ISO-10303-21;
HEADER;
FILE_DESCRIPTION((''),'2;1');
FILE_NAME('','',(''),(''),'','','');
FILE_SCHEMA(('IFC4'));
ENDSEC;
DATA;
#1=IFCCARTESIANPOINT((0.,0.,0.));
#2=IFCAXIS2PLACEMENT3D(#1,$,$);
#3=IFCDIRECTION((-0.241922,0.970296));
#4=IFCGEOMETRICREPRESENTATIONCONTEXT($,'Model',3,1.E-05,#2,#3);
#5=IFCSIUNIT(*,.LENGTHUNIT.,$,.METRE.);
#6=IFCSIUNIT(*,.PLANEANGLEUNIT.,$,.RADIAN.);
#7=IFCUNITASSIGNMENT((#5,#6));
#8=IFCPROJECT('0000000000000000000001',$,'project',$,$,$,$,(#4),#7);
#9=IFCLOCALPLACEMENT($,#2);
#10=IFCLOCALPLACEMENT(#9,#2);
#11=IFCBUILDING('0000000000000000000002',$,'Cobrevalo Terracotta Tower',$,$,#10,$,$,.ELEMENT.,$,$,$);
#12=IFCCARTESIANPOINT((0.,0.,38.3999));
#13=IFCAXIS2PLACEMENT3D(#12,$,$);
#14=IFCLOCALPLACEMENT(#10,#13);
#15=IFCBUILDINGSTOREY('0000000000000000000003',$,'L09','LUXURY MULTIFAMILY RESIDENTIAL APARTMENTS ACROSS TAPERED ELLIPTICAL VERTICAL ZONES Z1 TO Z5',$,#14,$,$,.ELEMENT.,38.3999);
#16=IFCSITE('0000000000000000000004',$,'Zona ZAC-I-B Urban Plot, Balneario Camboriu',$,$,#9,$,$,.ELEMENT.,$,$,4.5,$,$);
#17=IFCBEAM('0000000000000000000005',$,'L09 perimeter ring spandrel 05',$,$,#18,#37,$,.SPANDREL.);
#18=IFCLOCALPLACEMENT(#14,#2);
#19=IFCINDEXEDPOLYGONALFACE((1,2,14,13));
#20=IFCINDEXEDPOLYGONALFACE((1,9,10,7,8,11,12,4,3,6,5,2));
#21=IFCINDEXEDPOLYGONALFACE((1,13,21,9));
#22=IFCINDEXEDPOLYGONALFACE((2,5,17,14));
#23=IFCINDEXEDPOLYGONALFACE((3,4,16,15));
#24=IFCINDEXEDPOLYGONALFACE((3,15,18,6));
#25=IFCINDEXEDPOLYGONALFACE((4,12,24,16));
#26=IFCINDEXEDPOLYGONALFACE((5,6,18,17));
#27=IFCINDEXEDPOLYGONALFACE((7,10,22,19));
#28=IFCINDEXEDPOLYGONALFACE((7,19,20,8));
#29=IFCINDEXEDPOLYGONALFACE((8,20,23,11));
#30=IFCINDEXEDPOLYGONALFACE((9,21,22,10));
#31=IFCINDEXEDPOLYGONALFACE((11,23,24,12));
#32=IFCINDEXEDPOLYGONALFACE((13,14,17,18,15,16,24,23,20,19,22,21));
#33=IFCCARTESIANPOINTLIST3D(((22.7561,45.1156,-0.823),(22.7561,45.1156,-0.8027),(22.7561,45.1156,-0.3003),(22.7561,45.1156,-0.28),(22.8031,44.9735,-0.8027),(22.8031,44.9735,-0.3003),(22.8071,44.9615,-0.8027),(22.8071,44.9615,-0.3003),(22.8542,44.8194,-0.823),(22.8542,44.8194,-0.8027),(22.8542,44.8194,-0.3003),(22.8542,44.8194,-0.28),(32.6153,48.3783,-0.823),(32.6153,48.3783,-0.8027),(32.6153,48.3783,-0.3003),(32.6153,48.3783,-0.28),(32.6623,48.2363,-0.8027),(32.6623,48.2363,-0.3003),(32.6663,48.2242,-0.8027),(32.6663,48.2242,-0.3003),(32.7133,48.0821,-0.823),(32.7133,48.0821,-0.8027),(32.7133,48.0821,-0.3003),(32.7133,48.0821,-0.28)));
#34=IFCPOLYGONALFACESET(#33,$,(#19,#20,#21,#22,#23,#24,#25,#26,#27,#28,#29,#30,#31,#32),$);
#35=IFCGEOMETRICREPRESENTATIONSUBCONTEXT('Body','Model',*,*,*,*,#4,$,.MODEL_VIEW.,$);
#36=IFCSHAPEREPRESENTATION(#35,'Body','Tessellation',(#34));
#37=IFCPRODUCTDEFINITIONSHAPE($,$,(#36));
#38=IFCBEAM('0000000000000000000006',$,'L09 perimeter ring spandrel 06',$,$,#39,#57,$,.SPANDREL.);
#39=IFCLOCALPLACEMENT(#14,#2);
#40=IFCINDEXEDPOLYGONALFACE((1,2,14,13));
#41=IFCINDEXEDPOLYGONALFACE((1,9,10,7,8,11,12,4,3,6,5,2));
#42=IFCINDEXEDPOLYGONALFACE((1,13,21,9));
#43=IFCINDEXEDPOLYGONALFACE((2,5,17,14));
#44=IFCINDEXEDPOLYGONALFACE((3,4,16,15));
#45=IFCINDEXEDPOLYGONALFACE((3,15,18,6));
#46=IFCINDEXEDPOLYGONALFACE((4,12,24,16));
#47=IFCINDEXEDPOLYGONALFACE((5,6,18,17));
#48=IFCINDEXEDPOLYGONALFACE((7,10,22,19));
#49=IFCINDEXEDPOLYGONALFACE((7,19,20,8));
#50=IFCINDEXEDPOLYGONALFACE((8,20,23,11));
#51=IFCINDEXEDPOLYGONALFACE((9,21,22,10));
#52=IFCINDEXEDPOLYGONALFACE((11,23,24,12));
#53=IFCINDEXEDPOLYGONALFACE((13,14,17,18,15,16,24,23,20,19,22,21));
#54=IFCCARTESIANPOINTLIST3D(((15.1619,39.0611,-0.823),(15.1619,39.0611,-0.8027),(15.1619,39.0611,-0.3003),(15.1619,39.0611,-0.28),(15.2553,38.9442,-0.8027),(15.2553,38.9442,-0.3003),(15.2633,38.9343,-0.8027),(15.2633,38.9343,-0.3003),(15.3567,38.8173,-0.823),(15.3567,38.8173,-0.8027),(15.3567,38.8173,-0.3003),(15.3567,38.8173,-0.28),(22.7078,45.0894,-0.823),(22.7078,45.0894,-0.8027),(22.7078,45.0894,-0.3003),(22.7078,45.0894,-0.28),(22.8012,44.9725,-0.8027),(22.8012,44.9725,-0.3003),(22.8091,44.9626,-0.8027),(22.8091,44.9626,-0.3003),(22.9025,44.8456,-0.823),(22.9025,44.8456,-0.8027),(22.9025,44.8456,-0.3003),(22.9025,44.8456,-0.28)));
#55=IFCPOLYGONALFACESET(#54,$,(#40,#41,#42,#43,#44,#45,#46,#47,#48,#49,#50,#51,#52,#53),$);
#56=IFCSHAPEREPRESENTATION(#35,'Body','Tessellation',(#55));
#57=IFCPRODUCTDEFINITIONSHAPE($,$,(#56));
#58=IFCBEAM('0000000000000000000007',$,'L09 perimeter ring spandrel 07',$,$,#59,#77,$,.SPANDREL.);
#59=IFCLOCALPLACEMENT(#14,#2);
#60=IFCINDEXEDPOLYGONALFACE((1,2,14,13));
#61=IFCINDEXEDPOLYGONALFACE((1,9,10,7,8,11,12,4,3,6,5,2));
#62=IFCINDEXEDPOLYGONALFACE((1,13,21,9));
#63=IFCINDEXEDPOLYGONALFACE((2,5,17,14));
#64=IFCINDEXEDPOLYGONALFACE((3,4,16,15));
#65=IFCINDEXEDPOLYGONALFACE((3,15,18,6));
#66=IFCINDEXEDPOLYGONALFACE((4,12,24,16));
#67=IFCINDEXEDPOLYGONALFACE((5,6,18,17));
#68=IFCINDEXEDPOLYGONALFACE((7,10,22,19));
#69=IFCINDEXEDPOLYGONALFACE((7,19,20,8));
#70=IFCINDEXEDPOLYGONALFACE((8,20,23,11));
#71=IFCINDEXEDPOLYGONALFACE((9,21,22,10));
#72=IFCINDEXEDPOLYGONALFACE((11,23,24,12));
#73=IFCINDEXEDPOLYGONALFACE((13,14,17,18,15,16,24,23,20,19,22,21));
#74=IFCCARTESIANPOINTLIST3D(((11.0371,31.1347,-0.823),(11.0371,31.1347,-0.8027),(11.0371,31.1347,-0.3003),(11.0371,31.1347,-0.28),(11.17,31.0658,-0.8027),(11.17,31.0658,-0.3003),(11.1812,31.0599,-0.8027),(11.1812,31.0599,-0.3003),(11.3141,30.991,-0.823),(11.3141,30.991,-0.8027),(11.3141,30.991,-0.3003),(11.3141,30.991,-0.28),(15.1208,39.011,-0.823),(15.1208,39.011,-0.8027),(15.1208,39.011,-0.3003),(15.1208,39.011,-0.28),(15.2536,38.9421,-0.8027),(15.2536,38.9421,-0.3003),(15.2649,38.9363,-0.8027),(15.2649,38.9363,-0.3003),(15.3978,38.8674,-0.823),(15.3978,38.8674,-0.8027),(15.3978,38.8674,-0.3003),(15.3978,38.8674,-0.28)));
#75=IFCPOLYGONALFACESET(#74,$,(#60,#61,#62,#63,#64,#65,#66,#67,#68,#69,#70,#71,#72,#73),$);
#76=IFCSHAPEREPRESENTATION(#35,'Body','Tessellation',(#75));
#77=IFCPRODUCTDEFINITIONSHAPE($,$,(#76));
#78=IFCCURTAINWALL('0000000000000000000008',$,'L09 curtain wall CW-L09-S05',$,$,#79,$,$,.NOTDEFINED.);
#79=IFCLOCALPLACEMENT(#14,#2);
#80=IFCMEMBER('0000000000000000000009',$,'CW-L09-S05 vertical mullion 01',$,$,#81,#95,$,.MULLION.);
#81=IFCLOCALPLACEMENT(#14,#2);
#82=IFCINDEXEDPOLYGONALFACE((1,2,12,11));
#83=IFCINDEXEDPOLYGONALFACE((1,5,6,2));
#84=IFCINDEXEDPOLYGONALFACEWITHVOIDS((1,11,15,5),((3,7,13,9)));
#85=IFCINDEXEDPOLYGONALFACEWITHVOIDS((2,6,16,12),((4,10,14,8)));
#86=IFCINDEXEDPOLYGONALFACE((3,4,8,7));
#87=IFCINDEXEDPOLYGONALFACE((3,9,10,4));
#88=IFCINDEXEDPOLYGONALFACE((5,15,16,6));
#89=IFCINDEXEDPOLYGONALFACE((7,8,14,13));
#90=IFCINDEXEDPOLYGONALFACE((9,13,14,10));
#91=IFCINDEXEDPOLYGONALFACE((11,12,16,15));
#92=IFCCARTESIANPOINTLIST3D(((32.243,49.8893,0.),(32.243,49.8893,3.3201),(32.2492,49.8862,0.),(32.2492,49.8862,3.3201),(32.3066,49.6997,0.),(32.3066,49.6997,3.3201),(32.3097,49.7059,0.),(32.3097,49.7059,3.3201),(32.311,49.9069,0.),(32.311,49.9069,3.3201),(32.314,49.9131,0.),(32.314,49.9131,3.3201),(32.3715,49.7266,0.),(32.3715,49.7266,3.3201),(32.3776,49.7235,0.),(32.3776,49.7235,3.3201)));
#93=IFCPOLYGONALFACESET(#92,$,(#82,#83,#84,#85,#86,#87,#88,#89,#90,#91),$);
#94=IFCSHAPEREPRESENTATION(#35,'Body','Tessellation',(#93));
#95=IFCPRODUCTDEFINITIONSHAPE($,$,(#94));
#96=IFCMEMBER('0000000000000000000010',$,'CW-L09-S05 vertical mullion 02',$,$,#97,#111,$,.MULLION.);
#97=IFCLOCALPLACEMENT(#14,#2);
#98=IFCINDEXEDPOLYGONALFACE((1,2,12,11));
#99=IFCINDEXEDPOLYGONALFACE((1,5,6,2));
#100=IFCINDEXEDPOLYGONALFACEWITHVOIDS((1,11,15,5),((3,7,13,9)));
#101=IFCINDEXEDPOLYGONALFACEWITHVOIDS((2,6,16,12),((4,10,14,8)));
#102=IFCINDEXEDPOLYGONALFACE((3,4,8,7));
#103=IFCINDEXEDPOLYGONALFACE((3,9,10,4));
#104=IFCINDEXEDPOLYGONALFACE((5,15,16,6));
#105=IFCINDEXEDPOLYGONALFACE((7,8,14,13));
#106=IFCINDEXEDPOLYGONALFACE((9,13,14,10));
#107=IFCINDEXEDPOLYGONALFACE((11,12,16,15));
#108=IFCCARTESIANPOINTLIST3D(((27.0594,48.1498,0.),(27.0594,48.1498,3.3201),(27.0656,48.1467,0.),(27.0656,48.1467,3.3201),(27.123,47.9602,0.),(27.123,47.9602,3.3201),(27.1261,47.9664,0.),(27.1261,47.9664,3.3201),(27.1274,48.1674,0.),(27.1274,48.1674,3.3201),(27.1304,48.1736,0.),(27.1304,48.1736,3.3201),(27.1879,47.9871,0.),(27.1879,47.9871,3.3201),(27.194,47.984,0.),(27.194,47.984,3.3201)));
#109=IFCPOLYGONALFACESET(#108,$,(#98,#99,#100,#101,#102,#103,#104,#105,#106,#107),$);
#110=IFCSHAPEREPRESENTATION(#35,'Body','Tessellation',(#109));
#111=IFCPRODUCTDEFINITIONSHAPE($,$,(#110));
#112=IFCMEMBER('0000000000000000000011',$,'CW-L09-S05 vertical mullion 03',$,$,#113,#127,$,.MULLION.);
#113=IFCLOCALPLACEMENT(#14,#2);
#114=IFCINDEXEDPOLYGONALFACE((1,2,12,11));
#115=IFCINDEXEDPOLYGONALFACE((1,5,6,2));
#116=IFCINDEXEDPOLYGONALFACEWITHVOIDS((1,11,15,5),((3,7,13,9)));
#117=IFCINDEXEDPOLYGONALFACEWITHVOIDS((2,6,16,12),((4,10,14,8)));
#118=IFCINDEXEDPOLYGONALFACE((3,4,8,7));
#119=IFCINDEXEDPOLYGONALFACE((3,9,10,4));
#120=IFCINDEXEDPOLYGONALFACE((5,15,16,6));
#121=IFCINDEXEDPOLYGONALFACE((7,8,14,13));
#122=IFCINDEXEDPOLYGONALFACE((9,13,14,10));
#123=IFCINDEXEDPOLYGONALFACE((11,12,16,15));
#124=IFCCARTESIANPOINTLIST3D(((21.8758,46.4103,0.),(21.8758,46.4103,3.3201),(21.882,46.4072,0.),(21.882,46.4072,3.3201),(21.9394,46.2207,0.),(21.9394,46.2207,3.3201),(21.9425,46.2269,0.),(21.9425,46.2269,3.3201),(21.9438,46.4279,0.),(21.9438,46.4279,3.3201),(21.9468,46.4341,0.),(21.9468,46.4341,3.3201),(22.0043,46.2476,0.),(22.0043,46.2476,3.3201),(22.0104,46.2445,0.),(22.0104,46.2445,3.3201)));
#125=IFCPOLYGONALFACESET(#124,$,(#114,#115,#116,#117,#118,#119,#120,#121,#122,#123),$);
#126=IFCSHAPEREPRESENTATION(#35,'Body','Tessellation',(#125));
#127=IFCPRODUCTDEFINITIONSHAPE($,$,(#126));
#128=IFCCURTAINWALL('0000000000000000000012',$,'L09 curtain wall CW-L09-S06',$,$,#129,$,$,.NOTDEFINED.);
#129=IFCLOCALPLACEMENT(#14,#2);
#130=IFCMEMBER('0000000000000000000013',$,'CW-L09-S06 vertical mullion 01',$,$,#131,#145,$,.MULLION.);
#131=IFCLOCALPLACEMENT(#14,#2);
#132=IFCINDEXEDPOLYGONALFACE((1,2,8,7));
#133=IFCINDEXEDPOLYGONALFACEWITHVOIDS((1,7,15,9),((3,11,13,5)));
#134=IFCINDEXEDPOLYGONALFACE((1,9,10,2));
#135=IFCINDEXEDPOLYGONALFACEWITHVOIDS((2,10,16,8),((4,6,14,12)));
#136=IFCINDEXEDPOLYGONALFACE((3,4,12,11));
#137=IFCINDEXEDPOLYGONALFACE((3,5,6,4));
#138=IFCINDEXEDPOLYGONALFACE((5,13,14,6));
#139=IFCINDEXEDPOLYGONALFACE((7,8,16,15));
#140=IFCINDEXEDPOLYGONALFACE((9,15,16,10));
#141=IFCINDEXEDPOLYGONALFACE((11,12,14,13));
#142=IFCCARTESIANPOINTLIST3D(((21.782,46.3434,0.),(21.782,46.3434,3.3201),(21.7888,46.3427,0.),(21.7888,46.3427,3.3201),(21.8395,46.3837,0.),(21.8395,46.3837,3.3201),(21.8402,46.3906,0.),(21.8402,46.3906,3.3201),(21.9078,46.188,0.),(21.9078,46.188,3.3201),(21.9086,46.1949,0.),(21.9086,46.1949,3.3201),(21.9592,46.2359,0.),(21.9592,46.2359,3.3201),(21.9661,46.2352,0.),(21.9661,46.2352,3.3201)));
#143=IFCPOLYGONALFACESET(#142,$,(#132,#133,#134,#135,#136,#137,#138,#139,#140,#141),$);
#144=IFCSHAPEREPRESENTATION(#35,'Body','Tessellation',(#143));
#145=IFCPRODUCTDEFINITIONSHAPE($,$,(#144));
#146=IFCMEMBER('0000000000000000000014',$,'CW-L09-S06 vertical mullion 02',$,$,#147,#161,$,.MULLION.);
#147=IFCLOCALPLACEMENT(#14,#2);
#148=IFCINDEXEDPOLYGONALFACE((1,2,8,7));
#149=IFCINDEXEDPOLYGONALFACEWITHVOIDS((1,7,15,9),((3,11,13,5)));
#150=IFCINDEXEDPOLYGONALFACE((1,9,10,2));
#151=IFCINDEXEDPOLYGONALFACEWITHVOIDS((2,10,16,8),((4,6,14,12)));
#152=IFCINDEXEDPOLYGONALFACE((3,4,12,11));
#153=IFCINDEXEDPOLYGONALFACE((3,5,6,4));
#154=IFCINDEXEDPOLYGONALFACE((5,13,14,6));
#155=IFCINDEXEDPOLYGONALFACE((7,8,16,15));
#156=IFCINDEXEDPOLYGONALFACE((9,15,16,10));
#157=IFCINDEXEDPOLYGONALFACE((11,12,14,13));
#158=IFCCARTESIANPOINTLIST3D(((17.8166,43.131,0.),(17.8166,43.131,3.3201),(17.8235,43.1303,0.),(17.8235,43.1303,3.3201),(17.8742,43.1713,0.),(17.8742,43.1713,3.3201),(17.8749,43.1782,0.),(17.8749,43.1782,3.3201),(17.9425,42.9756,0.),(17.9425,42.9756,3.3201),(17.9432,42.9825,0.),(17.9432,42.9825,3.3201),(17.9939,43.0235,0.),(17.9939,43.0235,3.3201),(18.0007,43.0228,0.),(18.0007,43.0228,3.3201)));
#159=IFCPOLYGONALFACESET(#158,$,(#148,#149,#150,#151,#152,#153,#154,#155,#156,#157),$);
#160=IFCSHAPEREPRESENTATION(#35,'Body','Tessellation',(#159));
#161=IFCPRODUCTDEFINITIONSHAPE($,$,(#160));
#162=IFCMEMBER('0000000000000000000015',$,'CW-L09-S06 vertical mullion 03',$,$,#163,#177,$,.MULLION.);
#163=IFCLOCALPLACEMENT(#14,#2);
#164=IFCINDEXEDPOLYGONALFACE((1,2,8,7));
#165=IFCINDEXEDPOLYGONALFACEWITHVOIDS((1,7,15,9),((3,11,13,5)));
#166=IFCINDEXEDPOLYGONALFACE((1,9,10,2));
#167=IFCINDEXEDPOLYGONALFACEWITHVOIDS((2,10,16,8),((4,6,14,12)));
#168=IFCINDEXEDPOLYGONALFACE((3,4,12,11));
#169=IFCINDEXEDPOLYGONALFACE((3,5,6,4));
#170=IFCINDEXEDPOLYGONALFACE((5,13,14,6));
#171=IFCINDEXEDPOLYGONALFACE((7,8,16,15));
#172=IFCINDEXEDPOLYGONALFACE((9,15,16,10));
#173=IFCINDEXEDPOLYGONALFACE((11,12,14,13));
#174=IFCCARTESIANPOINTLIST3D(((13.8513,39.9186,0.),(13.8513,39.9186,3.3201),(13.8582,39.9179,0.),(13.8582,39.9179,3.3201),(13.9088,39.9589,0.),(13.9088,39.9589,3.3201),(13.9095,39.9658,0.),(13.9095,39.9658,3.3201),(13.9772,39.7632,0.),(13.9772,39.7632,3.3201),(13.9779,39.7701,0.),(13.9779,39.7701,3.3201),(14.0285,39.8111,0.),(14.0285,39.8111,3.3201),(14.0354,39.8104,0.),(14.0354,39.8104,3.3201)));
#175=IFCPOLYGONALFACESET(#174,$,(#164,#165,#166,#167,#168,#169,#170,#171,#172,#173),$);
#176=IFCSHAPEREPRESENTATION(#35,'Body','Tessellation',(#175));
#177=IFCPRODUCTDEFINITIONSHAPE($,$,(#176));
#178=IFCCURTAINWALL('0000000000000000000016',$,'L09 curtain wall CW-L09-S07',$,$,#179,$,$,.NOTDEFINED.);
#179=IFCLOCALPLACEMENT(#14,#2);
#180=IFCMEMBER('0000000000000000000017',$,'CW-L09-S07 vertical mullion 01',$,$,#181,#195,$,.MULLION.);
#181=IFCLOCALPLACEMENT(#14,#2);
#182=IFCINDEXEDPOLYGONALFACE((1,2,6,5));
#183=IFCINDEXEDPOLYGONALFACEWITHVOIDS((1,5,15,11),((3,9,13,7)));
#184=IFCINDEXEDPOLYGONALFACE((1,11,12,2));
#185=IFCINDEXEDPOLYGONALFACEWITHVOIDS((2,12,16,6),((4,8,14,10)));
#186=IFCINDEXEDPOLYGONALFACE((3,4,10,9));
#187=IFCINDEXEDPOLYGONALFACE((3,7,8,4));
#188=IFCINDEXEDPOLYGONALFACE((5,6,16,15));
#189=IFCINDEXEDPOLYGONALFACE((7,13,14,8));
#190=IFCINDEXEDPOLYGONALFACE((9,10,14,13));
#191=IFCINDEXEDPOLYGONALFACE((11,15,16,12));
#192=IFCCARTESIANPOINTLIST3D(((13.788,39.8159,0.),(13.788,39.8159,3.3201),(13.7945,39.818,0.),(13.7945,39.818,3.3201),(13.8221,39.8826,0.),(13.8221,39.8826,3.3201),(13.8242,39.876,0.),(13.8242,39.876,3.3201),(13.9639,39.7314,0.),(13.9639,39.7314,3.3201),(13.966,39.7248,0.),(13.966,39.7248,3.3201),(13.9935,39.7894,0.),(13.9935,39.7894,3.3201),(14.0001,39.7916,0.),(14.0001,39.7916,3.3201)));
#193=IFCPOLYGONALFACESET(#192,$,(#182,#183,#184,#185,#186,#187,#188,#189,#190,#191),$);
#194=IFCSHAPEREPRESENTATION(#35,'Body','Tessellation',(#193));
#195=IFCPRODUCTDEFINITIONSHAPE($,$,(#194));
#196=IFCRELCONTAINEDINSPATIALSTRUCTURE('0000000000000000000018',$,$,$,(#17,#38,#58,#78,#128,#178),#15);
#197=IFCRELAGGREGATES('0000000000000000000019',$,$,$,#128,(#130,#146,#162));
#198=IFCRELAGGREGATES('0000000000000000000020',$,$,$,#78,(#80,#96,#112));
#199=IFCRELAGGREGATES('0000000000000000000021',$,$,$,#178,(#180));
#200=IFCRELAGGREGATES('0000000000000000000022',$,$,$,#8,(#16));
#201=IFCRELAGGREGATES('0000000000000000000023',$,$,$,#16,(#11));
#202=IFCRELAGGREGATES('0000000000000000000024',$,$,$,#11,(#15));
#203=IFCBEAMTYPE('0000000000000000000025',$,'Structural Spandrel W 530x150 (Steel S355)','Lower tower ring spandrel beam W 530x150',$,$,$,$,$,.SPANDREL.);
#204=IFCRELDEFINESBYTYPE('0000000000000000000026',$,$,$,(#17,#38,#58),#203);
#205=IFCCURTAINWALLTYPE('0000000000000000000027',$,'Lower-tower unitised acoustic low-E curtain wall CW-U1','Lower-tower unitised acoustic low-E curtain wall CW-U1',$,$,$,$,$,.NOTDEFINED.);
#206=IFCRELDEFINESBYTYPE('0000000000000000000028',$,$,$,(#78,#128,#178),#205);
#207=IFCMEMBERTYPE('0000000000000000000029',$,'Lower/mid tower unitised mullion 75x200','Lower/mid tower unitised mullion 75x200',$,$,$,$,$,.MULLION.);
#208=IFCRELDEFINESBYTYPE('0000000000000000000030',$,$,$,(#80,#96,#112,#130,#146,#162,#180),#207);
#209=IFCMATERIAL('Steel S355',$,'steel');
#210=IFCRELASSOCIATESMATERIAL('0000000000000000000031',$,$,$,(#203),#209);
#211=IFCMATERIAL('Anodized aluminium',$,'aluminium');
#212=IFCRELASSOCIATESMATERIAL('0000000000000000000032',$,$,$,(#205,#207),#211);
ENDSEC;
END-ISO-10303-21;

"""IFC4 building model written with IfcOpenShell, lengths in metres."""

from ifc_helpers import new_model, si_unit, direction, frame, origin, origin_2d, place, context, subcontext, project, spatial, hollow_rectangle, i_section, extrude, source, transform, mapped, material, material_profile, profile_set, type_object, element, aggregate, save


model = new_model("IFC4")

# Units and contexts
model_context = context("Model", 3, precision=1e-05, world=origin(), true_north=direction((-0.241922, 0.970296)))
body_context = subcontext(model_context, "Body", "Model", "MODEL_VIEW")
ifc_project = project(units=[si_unit("LENGTHUNIT", "METRE"), si_unit("PLANEANGLEUNIT", "RADIAN")], contexts=[model_context])

# Site, building, storey
site_placement = place(None, origin())
site = spatial("IfcSite", under=ifc_project, at=site_placement, Name="Zona ZAC-I-B Urban Plot, Balneario Camboriu", CompositionType="ELEMENT", RefElevation=4.5)
building_placement = place(site_placement, origin())
building = spatial("IfcBuilding", under=site, at=building_placement, Name="Cobrevalo Terracotta Tower", CompositionType="ELEMENT")
storey_placement = place(building_placement, frame((0.0, 0.0, 38.3999)))
storey = spatial("IfcBuildingStorey", under=building, at=storey_placement, Name="L09", Description="LUXURY MULTIFAMILY RESIDENTIAL APARTMENTS ACROSS TAPERED ELLIPTICAL VERTICAL ZONES Z1 TO Z5", CompositionType="ELEMENT", Elevation=38.3999)

# Shared definitions
ifc_material_1 = material(Name="Steel S355", Category="steel")

# Beams
ifc_material_profile_1 = material_profile(ifc_material_1, i_section(OverallWidth=0.312, OverallDepth=0.543, WebThickness=0.0127, FlangeThickness=0.0203, at=origin_2d()), Name="W 530x150")
ifc_profile_set_1 = profile_set([ifc_material_profile_1], Name="Steel S355")
beam_type_1 = type_object("IfcBeamType", Name="Structural Spandrel W 530x150 (Steel S355)", Description="Lower tower ring spandrel beam W 530x150", PredefinedType="SPANDREL", material=ifc_profile_set_1)
beam_1_placement = place(storey_placement, frame((32.6643, 48.2302, -0.5515), z_axis=(-0.949365, -0.314175, 0.0), x_axis=(0.314175, -0.949365, 0.0)))
element("IfcBeam", 1, at=beam_1_placement, inside=storey, type_object=beam_type_1, Name="L09 perimeter ring spandrel 05", PredefinedType="SPANDREL", context=body_context, shape_type="SweptSolid", body=[
    extrude(i_section(OverallWidth=0.312, OverallDepth=0.543, WebThickness=0.0127, FlangeThickness=0.0203, at=origin_2d()), origin(), (0.0, 0.0, 1.0), 10.385),
])
beam_2_placement = place(storey_placement, frame((22.8052, 44.9675, -0.5515), z_axis=(-0.781293, -0.624165, 0.0), x_axis=(0.624165, -0.781293, 0.0)))
element("IfcBeam", 2, at=beam_2_placement, inside=storey, type_object=beam_type_1, Name="L09 perimeter ring spandrel 06", PredefinedType="SPANDREL", context=body_context, shape_type="SweptSolid", body=[
    extrude(i_section(OverallWidth=0.312, OverallDepth=0.543, WebThickness=0.0127, FlangeThickness=0.0203, at=origin_2d()), origin(), (0.0, 0.0, 1.0), 9.6582),
])
beam_3_placement = place(storey_placement, frame((15.2593, 38.9392, -0.5515), z_axis=(-0.460286, -0.887771, 0.0), x_axis=(0.887771, -0.460286, 0.0)))
element("IfcBeam", 3, at=beam_3_placement, inside=storey, type_object=beam_type_1, Name="L09 perimeter ring spandrel 07", PredefinedType="SPANDREL", context=body_context, shape_type="SweptSolid", body=[
    extrude(i_section(OverallWidth=0.312, OverallDepth=0.543, WebThickness=0.0127, FlangeThickness=0.0203, at=origin_2d()), origin(), (0.0, 0.0, 1.0), 8.8721),
])

# Curtain walls, members
ifc_material_2 = material(Name="Anodized aluminium", Category="aluminium")
curtain_wall_type = type_object("IfcCurtainWallType", Name="Lower-tower unitised acoustic low-E curtain wall CW-U1", Description="Lower-tower unitised acoustic low-E curtain wall CW-U1", PredefinedType="NOTDEFINED", material=ifc_material_2)
curtain_wall_1_placement = place(storey_placement, origin())
curtain_wall_1 = element("IfcCurtainWall", 4, at=curtain_wall_1_placement, inside=storey, type_object=curtain_wall_type, Name="L09 curtain wall CW-L09-S05", PredefinedType="NOTDEFINED")
ifc_material_profile_2 = material_profile(ifc_material_2, hollow_rectangle(XDim=0.075, YDim=0.2, WallThickness=0.0049, at=origin_2d()), Name="CWM 75x200")
ifc_profile_set_2 = profile_set([ifc_material_profile_2], Name="Anodized aluminium")
member_type_1 = type_object("IfcMemberType", Name="Lower/mid tower unitised mullion 75x200", Description="Lower/mid tower unitised mullion 75x200", PredefinedType="MULLION", material=ifc_profile_set_2)
shared_shape_1 = source(origin(), body_context, "Body", "SweptSolid", [
    extrude(hollow_rectangle(XDim=0.075, YDim=0.2, WallThickness=0.0049, at=origin_2d()), origin(), (0.0, 0.0, 1.0), 3.3201),
])
member_1_placement = place(storey_placement, frame((32.3103, 49.8064, 0.0), z_axis=(0.0, 0.0, 1.0), x_axis=(-0.948046, -0.318132, 0.0)))
member_1 = element("IfcMember", 5, at=member_1_placement, type_object=member_type_1, Name="CW-L09-S05 vertical mullion 01", PredefinedType="MULLION", context=body_context, shape_type="MappedRepresentation", body=[
    mapped(shared_shape_1, transform((0.0, 0.0, 0.0), scale=1.0)),
])
member_2_placement = place(storey_placement, frame((27.1267, 48.0669, 0.0), z_axis=(0.0, 0.0, 1.0), x_axis=(-0.948046, -0.318132, 0.0)))
member_2 = element("IfcMember", 6, at=member_2_placement, type_object=member_type_1, Name="CW-L09-S05 vertical mullion 02", PredefinedType="MULLION", context=body_context, shape_type="MappedRepresentation", body=[
    mapped(shared_shape_1, transform((0.0, 0.0, 0.0), scale=1.0)),
])
member_3_placement = place(storey_placement, frame((21.9431, 46.3274, 0.0), z_axis=(0.0, 0.0, 1.0), x_axis=(-0.948046, -0.318132, 0.0)))
member_3 = element("IfcMember", 7, at=member_3_placement, type_object=member_type_1, Name="CW-L09-S05 vertical mullion 03", PredefinedType="MULLION", context=body_context, shape_type="MappedRepresentation", body=[
    mapped(shared_shape_1, transform((0.0, 0.0, 0.0), scale=1.0)),
])
curtain_wall_2_placement = place(storey_placement, origin())
curtain_wall_2 = element("IfcCurtainWall", 8, at=curtain_wall_2_placement, inside=storey, type_object=curtain_wall_type, Name="L09 curtain wall CW-L09-S06", PredefinedType="NOTDEFINED")
member_4_placement = place(storey_placement, frame((21.874, 46.2893, 0.0), z_axis=(0.0, 0.0, 1.0), x_axis=(-0.777003, -0.629497, 0.0)))
member_4 = element("IfcMember", 9, at=member_4_placement, type_object=member_type_1, Name="CW-L09-S06 vertical mullion 01", PredefinedType="MULLION", context=body_context, shape_type="MappedRepresentation", body=[
    mapped(shared_shape_1, transform((0.0, 0.0, 0.0), scale=1.0)),
])
member_5_placement = place(storey_placement, frame((17.9087, 43.0769, 0.0), z_axis=(0.0, 0.0, 1.0), x_axis=(-0.777003, -0.629497, 0.0)))
member_5 = element("IfcMember", 10, at=member_5_placement, type_object=member_type_1, Name="CW-L09-S06 vertical mullion 02", PredefinedType="MULLION", context=body_context, shape_type="MappedRepresentation", body=[
    mapped(shared_shape_1, transform((0.0, 0.0, 0.0), scale=1.0)),
])
member_6_placement = place(storey_placement, frame((13.9434, 39.8645, 0.0), z_axis=(0.0, 0.0, 1.0), x_axis=(-0.777003, -0.629497, 0.0)))
member_6 = element("IfcMember", 11, at=member_6_placement, type_object=member_type_1, Name="CW-L09-S06 vertical mullion 03", PredefinedType="MULLION", context=body_context, shape_type="MappedRepresentation", body=[
    mapped(shared_shape_1, transform((0.0, 0.0, 0.0), scale=1.0)),
])
curtain_wall_3_placement = place(storey_placement, origin())
curtain_wall_3 = element("IfcCurtainWall", 12, at=curtain_wall_3_placement, inside=storey, type_object=curtain_wall_type, Name="L09 curtain wall CW-L09-S07", PredefinedType="NOTDEFINED")
member_7_placement = place(storey_placement, frame((13.894, 39.8037, 0.0), z_axis=(0.0, 0.0, 1.0), x_axis=(-0.455234, -0.890372, 0.0)))
member_7 = element("IfcMember", 13, at=member_7_placement, type_object=member_type_1, Name="CW-L09-S07 vertical mullion 01", PredefinedType="MULLION", context=body_context, shape_type="MappedRepresentation", body=[
    mapped(shared_shape_1, transform((0.0, 0.0, 0.0), scale=1.0)),
])

aggregate(curtain_wall_2, [member_4, member_5, member_6])
aggregate(curtain_wall_1, [member_1, member_2, member_3])
aggregate(curtain_wall_3, [member_7])

save(model, "model.ifc")
